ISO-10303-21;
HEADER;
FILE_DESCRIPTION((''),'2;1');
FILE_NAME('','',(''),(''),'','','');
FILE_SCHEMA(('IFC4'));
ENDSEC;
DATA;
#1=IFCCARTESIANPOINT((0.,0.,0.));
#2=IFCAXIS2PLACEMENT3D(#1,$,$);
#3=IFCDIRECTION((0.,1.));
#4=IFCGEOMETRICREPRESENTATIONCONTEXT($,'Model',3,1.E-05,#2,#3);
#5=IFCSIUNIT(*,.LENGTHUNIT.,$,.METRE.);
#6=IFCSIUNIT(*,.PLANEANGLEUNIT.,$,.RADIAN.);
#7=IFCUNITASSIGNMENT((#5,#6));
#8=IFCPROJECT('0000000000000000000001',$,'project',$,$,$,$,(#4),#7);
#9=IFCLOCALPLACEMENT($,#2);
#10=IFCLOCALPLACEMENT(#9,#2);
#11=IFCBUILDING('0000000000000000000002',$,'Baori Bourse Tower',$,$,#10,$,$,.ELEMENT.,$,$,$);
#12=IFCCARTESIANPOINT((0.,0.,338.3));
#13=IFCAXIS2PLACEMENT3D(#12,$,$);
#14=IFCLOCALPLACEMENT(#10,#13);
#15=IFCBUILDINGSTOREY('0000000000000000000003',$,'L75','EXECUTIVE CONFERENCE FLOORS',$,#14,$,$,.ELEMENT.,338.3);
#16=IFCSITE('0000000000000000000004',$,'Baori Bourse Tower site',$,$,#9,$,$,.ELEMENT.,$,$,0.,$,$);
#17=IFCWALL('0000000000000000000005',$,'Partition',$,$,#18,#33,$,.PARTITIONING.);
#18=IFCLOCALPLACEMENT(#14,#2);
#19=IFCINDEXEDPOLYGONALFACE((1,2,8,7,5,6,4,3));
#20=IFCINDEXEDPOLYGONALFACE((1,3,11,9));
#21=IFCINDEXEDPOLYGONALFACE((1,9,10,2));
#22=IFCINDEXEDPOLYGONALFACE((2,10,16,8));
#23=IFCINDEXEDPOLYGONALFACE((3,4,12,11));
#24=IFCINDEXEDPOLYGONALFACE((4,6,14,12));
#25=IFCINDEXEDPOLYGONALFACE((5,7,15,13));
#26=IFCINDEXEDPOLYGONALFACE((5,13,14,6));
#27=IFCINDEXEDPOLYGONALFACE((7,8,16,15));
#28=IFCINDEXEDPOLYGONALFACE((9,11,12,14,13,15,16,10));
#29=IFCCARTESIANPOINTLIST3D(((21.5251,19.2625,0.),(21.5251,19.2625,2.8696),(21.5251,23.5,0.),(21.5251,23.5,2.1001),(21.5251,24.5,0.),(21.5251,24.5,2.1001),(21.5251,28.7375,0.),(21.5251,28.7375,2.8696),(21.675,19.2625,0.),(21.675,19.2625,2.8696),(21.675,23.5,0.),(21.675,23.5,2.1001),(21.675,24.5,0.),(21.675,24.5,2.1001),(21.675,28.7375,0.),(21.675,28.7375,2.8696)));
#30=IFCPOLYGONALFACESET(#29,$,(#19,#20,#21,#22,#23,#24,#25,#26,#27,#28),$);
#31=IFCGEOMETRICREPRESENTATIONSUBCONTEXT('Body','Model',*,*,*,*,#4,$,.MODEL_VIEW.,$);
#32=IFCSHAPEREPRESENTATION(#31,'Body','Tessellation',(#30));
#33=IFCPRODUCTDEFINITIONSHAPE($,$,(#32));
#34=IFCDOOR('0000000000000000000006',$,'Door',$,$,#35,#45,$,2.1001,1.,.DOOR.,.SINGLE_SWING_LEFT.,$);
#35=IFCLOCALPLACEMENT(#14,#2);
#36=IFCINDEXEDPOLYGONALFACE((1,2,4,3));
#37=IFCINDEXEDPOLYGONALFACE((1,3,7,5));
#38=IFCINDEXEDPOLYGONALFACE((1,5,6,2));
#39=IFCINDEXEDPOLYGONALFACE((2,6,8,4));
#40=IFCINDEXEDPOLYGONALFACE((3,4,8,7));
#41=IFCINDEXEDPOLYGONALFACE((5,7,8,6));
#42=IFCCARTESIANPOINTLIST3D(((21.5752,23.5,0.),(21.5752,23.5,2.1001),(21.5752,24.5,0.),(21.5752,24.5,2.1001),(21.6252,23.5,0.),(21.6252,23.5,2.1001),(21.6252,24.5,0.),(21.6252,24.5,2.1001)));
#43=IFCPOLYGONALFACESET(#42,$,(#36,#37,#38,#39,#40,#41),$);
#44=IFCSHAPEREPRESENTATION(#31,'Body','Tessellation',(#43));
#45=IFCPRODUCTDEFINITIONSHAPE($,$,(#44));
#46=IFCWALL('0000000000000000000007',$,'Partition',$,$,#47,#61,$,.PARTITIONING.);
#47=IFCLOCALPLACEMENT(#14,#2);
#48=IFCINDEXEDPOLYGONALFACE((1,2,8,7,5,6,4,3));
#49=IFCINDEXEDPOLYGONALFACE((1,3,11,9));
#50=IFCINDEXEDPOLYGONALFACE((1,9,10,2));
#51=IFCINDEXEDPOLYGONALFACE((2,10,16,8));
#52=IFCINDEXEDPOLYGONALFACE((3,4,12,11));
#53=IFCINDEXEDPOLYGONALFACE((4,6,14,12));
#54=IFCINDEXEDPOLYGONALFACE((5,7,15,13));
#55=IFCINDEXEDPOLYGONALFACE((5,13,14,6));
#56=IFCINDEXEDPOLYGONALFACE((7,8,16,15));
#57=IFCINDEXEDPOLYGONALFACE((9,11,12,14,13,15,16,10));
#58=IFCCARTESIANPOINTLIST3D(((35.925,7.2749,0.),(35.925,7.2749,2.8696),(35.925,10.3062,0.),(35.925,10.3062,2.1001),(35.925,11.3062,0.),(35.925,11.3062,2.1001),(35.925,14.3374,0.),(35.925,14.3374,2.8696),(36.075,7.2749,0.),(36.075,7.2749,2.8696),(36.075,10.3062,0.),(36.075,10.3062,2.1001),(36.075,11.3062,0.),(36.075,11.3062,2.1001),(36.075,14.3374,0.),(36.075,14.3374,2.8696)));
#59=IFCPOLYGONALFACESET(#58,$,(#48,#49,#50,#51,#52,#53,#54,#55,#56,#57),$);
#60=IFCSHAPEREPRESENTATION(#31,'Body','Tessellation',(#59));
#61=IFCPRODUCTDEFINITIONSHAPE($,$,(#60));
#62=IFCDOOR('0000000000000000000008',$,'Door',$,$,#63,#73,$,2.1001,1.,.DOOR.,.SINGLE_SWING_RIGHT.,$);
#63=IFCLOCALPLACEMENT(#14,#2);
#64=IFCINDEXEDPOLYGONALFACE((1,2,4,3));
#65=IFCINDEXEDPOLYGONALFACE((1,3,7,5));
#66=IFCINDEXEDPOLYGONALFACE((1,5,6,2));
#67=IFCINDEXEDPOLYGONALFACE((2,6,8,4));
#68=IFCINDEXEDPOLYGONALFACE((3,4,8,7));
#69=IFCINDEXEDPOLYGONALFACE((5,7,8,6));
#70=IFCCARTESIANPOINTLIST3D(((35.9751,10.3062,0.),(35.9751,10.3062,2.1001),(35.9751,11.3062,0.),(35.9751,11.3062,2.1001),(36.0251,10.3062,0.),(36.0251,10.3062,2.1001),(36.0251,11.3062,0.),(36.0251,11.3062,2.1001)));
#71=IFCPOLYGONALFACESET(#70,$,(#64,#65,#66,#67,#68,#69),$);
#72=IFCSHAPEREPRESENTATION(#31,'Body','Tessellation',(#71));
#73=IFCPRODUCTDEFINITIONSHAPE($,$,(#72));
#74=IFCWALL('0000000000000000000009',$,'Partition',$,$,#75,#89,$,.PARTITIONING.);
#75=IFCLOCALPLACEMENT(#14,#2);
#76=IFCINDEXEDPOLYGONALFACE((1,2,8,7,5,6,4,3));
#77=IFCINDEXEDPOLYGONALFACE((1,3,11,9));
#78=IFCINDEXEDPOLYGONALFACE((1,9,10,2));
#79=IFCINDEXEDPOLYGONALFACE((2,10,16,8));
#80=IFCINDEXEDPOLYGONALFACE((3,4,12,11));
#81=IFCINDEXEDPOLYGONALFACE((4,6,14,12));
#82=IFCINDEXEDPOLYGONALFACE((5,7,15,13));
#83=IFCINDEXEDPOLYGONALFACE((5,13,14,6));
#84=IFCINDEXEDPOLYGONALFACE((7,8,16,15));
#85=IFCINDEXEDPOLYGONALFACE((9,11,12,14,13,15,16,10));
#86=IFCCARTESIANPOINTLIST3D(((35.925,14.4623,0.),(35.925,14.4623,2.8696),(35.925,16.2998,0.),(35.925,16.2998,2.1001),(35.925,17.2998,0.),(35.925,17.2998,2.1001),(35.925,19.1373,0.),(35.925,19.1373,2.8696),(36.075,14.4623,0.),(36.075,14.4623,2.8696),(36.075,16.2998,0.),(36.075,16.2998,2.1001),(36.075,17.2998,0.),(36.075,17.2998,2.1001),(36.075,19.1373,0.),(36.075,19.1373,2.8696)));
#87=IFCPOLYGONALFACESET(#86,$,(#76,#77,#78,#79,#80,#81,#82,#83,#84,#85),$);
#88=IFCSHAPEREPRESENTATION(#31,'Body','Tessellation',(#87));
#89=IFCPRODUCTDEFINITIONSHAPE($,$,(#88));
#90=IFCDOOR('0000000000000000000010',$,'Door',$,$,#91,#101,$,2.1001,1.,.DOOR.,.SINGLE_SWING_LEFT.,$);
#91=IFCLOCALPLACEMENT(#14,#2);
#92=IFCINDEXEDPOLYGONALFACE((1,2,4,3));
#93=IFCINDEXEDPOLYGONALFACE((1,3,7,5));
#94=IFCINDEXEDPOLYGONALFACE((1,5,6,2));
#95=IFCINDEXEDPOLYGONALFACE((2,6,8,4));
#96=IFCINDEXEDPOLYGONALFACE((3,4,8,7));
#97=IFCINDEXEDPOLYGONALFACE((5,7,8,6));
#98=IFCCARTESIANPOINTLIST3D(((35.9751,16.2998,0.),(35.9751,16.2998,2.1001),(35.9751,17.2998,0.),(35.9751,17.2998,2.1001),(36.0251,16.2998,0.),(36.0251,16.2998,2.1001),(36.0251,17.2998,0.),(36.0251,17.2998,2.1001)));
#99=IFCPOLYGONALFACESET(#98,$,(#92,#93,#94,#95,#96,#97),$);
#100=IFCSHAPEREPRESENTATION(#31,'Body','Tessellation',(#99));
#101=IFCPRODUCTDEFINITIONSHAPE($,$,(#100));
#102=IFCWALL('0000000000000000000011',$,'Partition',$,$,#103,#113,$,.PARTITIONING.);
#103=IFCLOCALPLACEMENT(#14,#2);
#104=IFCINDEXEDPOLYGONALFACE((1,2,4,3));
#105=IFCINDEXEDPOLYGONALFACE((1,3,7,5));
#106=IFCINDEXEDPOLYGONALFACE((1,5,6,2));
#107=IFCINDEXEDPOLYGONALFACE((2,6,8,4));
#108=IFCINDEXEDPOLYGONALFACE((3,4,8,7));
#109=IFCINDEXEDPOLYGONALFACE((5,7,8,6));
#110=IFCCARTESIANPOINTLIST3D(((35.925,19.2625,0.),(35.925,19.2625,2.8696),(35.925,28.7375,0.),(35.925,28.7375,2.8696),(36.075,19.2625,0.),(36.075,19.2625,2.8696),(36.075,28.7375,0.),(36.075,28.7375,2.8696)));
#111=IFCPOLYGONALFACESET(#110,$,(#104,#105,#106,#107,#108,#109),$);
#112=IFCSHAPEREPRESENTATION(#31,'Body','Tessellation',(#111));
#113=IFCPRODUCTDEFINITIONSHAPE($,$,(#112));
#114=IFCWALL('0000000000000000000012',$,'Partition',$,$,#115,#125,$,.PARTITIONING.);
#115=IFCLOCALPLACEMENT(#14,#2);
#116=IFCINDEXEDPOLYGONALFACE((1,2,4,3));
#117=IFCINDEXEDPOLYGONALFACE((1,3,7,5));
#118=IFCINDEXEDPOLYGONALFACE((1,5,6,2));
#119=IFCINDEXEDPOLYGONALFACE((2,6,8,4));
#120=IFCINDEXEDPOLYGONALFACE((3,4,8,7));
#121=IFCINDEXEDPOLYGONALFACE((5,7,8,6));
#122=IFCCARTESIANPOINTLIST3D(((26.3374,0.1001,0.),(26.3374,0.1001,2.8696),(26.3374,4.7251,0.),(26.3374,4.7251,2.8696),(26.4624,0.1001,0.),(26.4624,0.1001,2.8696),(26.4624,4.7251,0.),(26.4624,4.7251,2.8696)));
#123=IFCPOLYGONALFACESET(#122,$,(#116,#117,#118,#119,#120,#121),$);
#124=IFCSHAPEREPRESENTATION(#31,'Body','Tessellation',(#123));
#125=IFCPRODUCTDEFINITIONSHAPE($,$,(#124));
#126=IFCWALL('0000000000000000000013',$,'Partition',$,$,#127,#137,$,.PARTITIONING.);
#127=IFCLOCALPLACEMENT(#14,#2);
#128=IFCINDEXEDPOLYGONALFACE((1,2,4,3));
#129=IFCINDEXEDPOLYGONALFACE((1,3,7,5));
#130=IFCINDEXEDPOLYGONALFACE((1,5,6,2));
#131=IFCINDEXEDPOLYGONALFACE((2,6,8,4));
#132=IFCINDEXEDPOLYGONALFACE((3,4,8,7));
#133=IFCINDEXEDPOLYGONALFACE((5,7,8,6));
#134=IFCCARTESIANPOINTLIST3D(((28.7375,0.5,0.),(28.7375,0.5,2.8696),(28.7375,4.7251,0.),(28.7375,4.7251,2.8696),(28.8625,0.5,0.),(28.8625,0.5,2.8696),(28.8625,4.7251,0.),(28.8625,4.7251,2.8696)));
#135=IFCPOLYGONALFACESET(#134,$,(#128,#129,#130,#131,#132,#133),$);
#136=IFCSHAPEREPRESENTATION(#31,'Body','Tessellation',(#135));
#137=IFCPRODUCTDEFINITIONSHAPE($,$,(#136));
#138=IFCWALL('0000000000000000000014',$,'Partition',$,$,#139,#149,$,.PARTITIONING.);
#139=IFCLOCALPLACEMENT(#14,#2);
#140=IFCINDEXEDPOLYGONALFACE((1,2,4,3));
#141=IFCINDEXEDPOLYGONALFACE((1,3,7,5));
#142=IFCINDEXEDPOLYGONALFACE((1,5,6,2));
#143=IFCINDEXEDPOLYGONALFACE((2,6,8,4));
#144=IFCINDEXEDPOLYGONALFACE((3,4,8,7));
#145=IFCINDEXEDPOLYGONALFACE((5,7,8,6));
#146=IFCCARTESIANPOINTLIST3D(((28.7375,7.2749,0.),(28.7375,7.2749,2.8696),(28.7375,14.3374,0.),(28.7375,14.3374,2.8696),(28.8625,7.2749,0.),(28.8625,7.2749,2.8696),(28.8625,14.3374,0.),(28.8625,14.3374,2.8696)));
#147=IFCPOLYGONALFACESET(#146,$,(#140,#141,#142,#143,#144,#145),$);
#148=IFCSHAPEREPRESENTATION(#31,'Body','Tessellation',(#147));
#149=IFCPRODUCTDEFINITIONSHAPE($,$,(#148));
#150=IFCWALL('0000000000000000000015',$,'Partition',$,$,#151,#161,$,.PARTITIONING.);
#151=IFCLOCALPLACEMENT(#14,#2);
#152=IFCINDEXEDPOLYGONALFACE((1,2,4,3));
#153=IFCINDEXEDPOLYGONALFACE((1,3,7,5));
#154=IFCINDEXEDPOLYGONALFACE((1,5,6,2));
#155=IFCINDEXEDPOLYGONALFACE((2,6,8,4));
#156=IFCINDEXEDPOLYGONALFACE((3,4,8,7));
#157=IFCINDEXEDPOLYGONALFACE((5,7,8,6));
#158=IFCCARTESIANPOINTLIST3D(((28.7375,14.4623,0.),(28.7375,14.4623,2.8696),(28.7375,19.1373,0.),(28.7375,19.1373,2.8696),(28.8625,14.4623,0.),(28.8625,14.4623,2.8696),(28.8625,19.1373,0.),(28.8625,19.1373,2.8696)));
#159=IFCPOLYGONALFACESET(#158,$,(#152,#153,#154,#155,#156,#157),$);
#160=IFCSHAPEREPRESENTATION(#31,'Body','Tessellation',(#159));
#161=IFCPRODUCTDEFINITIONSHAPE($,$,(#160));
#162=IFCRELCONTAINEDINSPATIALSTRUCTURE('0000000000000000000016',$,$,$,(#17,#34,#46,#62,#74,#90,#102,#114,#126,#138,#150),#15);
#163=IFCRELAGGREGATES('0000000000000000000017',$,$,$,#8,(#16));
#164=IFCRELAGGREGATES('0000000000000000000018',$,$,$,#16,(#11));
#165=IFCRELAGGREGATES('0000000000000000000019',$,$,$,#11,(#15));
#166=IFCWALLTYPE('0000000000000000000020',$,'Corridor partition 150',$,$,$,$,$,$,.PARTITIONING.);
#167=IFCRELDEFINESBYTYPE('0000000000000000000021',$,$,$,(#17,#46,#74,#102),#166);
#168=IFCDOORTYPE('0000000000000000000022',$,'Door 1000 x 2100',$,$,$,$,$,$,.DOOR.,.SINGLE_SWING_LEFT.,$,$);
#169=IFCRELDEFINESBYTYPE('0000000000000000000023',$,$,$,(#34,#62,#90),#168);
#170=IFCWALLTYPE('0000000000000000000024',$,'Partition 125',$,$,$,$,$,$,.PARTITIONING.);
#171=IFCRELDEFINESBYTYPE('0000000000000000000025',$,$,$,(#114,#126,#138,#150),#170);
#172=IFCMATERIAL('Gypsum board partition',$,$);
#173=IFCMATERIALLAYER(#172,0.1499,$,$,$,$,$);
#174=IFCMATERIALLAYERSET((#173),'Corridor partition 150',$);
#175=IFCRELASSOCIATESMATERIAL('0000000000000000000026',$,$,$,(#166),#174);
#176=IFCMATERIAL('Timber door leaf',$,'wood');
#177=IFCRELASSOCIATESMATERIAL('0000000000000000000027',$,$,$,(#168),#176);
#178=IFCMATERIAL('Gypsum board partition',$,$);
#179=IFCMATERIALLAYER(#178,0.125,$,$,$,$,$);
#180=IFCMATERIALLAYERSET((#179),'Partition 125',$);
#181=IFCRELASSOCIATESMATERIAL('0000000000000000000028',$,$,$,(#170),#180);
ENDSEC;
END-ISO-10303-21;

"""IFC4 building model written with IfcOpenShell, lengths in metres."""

from ifc_helpers import new_model, si_unit, direction, frame, frame_2d, origin, place, context, subcontext, project, spatial, rectangle, extrude, material, layer, layer_set, type_object, element, fill, save


model = new_model("IFC4")

# Units and contexts
model_context = context("Model", 3, precision=1e-05, world=origin(), true_north=direction((0.0, 1.0)))
body_context = subcontext(model_context, "Body", "Model", "MODEL_VIEW")
ifc_project = project(units=[si_unit("LENGTHUNIT", "METRE"), si_unit("PLANEANGLEUNIT", "RADIAN")], contexts=[model_context])

# Site, building, storey
site_placement = place(None, origin())
site = spatial("IfcSite", under=ifc_project, at=site_placement, Name="Baori Bourse Tower site", CompositionType="ELEMENT", RefElevation=0.0)
building_placement = place(site_placement, origin())
building = spatial("IfcBuilding", under=site, at=building_placement, Name="Baori Bourse Tower", CompositionType="ELEMENT")
storey_placement = place(building_placement, frame((0.0, 0.0, 338.3)))
storey = spatial("IfcBuildingStorey", under=building, at=storey_placement, Name="L75", Description="EXECUTIVE CONFERENCE FLOORS", CompositionType="ELEMENT", Elevation=338.3)

# Walls, openings, doors
ifc_material_1 = material(Name="Gypsum board partition")
ifc_layer_1 = layer(ifc_material_1, 0.1499)
ifc_layer_set_1 = layer_set([ifc_layer_1], Name="Corridor partition 150")
wall_type_1 = type_object("IfcWallType", Name="Corridor partition 150", PredefinedType="PARTITIONING", material=ifc_layer_set_1)
ifc_material_2 = material(Name="Timber door leaf", Category="wood")
door_type = type_object("IfcDoorType", Name="Door 1000 x 2100", OperationType="SINGLE_SWING_LEFT", PredefinedType="DOOR", material=ifc_material_2)
wall_1_placement = place(storey_placement, frame((21.6001, 19.2625, 0.0), z_axis=(0.0, 0.0, 1.0), x_axis=(0.0, 1.0, 0.0)))
wall_1 = element("IfcWall", 1, at=wall_1_placement, inside=storey, type_object=wall_type_1, Name="Partition", PredefinedType="PARTITIONING", context=body_context, shape_type="SweptSolid", body=[
    extrude(rectangle(XDim=9.4751, YDim=0.1499, at=frame_2d((4.7375, 0.0))), origin(), (0.0, 0.0, 1.0), 2.8696),
])
opening_1_placement = place(wall_1_placement, frame((4.2375, 0.0, 0.0)))
opening_1 = element("IfcOpeningElement", 2, at=opening_1_placement, cuts=wall_1, PredefinedType="OPENING", context=body_context, shape_type="SweptSolid", body=[
    extrude(rectangle(XDim=1.0, YDim=2.1001, at=frame_2d((0.5, 1.05))), frame((0.0, 0.085, 0.0), z_axis=(0.0, -1.0, 0.0), x_axis=(1.0, 0.0, 0.0)), (0.0, 0.0, 1.0), 0.1699),
])
door_1_placement = place(opening_1_placement, origin())
door_1 = element("IfcDoor", 3, at=door_1_placement, inside=storey, type_object=door_type, Name="Door", OperationType="SINGLE_SWING_LEFT", OverallHeight=2.1001, OverallWidth=1.0, PredefinedType="DOOR", context=body_context, shape_type="SweptSolid", body=[
    extrude(rectangle(XDim=1.0, YDim=2.1001, at=frame_2d((0.5, 1.05))), frame((0.0, 0.0249, 0.0), z_axis=(0.0, -1.0, 0.0), x_axis=(1.0, 0.0, 0.0)), (0.0, 0.0, 1.0), 0.05),
])
fill(opening_1, door_1)
wall_2_placement = place(storey_placement, frame((36.0, 7.2749, 0.0), z_axis=(0.0, 0.0, 1.0), x_axis=(0.0, 1.0, 0.0)))
wall_2 = element("IfcWall", 4, at=wall_2_placement, inside=storey, type_object=wall_type_1, Name="Partition", PredefinedType="PARTITIONING", context=body_context, shape_type="SweptSolid", body=[
    extrude(rectangle(XDim=7.0625, YDim=0.1499, at=frame_2d((3.5312, 0.0))), origin(), (0.0, 0.0, 1.0), 2.8696),
])
opening_2_placement = place(wall_2_placement, frame((3.0312, 0.0, 0.0)))
opening_2 = element("IfcOpeningElement", 5, at=opening_2_placement, cuts=wall_2, PredefinedType="OPENING", context=body_context, shape_type="SweptSolid", body=[
    extrude(rectangle(XDim=1.0, YDim=2.1001, at=frame_2d((0.5, 1.05))), frame((0.0, 0.085, 0.0), z_axis=(0.0, -1.0, 0.0), x_axis=(1.0, 0.0, 0.0)), (0.0, 0.0, 1.0), 0.1699),
])
door_2_placement = place(opening_2_placement, origin())
door_2 = element("IfcDoor", 6, at=door_2_placement, inside=storey, type_object=door_type, Name="Door", OperationType="SINGLE_SWING_RIGHT", OverallHeight=2.1001, OverallWidth=1.0, PredefinedType="DOOR", context=body_context, shape_type="SweptSolid", body=[
    extrude(rectangle(XDim=1.0, YDim=2.1001, at=frame_2d((0.5, 1.05))), frame((0.0, 0.0249, 0.0), z_axis=(0.0, -1.0, 0.0), x_axis=(1.0, 0.0, 0.0)), (0.0, 0.0, 1.0), 0.05),
])
fill(opening_2, door_2)
wall_3_placement = place(storey_placement, frame((36.0, 14.4624, 0.0), z_axis=(0.0, 0.0, 1.0), x_axis=(0.0, 1.0, 0.0)))
wall_3 = element("IfcWall", 7, at=wall_3_placement, inside=storey, type_object=wall_type_1, Name="Partition", PredefinedType="PARTITIONING", context=body_context, shape_type="SweptSolid", body=[
    extrude(rectangle(XDim=4.675, YDim=0.1499, at=frame_2d((2.3374, 0.0))), origin(), (0.0, 0.0, 1.0), 2.8696),
])
opening_3_placement = place(wall_3_placement, frame((1.8374, 0.0, 0.0)))
opening_3 = element("IfcOpeningElement", 8, at=opening_3_placement, cuts=wall_3, PredefinedType="OPENING", context=body_context, shape_type="SweptSolid", body=[
    extrude(rectangle(XDim=1.0, YDim=2.1001, at=frame_2d((0.5, 1.05))), frame((0.0, 0.085, 0.0), z_axis=(0.0, -1.0, 0.0), x_axis=(1.0, 0.0, 0.0)), (0.0, 0.0, 1.0), 0.1699),
])
door_3_placement = place(opening_3_placement, origin())
door_3 = element("IfcDoor", 9, at=door_3_placement, inside=storey, type_object=door_type, Name="Door", OperationType="SINGLE_SWING_LEFT", OverallHeight=2.1001, OverallWidth=1.0, PredefinedType="DOOR", context=body_context, shape_type="SweptSolid", body=[
    extrude(rectangle(XDim=1.0, YDim=2.1001, at=frame_2d((0.5, 1.05))), frame((0.0, 0.0249, 0.0), z_axis=(0.0, -1.0, 0.0), x_axis=(1.0, 0.0, 0.0)), (0.0, 0.0, 1.0), 0.05),
])
fill(opening_3, door_3)

# Walls
wall_4_placement = place(storey_placement, frame((36.0, 19.2625, 0.0), z_axis=(0.0, 0.0, 1.0), x_axis=(0.0, 1.0, 0.0)))
element("IfcWall", 10, at=wall_4_placement, inside=storey, type_object=wall_type_1, Name="Partition", PredefinedType="PARTITIONING", context=body_context, shape_type="SweptSolid", body=[
    extrude(rectangle(XDim=9.4751, YDim=0.1499, at=frame_2d((4.7375, 0.0))), origin(), (0.0, 0.0, 1.0), 2.8696),
])
ifc_material_3 = material(Name="Gypsum board partition")
ifc_layer_2 = layer(ifc_material_3, 0.125)
ifc_layer_set_2 = layer_set([ifc_layer_2], Name="Partition 125")
wall_type_2 = type_object("IfcWallType", Name="Partition 125", PredefinedType="PARTITIONING", material=ifc_layer_set_2)
wall_5_placement = place(storey_placement, frame((26.3999, 0.1001, 0.0), z_axis=(0.0, 0.0, 1.0), x_axis=(0.0, 1.0, 0.0)))
element("IfcWall", 11, at=wall_5_placement, inside=storey, type_object=wall_type_2, Name="Partition", PredefinedType="PARTITIONING", context=body_context, shape_type="SweptSolid", body=[
    extrude(rectangle(XDim=4.625, YDim=0.125, at=frame_2d((2.3125, 0.0))), origin(), (0.0, 0.0, 1.0), 2.8696),
])
wall_6_placement = place(storey_placement, frame((28.8, 0.5, 0.0), z_axis=(0.0, 0.0, 1.0), x_axis=(0.0, 1.0, 0.0)))
element("IfcWall", 12, at=wall_6_placement, inside=storey, type_object=wall_type_2, Name="Partition", PredefinedType="PARTITIONING", context=body_context, shape_type="SweptSolid", body=[
    extrude(rectangle(XDim=4.2251, YDim=0.125, at=frame_2d((2.1125, 0.0))), origin(), (0.0, 0.0, 1.0), 2.8696),
])
wall_7_placement = place(storey_placement, frame((28.8, 7.2749, 0.0), z_axis=(0.0, 0.0, 1.0), x_axis=(0.0, 1.0, 0.0)))
element("IfcWall", 13, at=wall_7_placement, inside=storey, type_object=wall_type_2, Name="Partition", PredefinedType="PARTITIONING", context=body_context, shape_type="SweptSolid", body=[
    extrude(rectangle(XDim=7.0625, YDim=0.125, at=frame_2d((3.5312, 0.0))), origin(), (0.0, 0.0, 1.0), 2.8696),
])
wall_8_placement = place(storey_placement, frame((28.8, 14.4624, 0.0), z_axis=(0.0, 0.0, 1.0), x_axis=(0.0, 1.0, 0.0)))
element("IfcWall", 14, at=wall_8_placement, inside=storey, type_object=wall_type_2, Name="Partition", PredefinedType="PARTITIONING", context=body_context, shape_type="SweptSolid", body=[
    extrude(rectangle(XDim=4.675, YDim=0.125, at=frame_2d((2.3374, 0.0))), origin(), (0.0, 0.0, 1.0), 2.8696),
])

save(model, "model.ifc")
